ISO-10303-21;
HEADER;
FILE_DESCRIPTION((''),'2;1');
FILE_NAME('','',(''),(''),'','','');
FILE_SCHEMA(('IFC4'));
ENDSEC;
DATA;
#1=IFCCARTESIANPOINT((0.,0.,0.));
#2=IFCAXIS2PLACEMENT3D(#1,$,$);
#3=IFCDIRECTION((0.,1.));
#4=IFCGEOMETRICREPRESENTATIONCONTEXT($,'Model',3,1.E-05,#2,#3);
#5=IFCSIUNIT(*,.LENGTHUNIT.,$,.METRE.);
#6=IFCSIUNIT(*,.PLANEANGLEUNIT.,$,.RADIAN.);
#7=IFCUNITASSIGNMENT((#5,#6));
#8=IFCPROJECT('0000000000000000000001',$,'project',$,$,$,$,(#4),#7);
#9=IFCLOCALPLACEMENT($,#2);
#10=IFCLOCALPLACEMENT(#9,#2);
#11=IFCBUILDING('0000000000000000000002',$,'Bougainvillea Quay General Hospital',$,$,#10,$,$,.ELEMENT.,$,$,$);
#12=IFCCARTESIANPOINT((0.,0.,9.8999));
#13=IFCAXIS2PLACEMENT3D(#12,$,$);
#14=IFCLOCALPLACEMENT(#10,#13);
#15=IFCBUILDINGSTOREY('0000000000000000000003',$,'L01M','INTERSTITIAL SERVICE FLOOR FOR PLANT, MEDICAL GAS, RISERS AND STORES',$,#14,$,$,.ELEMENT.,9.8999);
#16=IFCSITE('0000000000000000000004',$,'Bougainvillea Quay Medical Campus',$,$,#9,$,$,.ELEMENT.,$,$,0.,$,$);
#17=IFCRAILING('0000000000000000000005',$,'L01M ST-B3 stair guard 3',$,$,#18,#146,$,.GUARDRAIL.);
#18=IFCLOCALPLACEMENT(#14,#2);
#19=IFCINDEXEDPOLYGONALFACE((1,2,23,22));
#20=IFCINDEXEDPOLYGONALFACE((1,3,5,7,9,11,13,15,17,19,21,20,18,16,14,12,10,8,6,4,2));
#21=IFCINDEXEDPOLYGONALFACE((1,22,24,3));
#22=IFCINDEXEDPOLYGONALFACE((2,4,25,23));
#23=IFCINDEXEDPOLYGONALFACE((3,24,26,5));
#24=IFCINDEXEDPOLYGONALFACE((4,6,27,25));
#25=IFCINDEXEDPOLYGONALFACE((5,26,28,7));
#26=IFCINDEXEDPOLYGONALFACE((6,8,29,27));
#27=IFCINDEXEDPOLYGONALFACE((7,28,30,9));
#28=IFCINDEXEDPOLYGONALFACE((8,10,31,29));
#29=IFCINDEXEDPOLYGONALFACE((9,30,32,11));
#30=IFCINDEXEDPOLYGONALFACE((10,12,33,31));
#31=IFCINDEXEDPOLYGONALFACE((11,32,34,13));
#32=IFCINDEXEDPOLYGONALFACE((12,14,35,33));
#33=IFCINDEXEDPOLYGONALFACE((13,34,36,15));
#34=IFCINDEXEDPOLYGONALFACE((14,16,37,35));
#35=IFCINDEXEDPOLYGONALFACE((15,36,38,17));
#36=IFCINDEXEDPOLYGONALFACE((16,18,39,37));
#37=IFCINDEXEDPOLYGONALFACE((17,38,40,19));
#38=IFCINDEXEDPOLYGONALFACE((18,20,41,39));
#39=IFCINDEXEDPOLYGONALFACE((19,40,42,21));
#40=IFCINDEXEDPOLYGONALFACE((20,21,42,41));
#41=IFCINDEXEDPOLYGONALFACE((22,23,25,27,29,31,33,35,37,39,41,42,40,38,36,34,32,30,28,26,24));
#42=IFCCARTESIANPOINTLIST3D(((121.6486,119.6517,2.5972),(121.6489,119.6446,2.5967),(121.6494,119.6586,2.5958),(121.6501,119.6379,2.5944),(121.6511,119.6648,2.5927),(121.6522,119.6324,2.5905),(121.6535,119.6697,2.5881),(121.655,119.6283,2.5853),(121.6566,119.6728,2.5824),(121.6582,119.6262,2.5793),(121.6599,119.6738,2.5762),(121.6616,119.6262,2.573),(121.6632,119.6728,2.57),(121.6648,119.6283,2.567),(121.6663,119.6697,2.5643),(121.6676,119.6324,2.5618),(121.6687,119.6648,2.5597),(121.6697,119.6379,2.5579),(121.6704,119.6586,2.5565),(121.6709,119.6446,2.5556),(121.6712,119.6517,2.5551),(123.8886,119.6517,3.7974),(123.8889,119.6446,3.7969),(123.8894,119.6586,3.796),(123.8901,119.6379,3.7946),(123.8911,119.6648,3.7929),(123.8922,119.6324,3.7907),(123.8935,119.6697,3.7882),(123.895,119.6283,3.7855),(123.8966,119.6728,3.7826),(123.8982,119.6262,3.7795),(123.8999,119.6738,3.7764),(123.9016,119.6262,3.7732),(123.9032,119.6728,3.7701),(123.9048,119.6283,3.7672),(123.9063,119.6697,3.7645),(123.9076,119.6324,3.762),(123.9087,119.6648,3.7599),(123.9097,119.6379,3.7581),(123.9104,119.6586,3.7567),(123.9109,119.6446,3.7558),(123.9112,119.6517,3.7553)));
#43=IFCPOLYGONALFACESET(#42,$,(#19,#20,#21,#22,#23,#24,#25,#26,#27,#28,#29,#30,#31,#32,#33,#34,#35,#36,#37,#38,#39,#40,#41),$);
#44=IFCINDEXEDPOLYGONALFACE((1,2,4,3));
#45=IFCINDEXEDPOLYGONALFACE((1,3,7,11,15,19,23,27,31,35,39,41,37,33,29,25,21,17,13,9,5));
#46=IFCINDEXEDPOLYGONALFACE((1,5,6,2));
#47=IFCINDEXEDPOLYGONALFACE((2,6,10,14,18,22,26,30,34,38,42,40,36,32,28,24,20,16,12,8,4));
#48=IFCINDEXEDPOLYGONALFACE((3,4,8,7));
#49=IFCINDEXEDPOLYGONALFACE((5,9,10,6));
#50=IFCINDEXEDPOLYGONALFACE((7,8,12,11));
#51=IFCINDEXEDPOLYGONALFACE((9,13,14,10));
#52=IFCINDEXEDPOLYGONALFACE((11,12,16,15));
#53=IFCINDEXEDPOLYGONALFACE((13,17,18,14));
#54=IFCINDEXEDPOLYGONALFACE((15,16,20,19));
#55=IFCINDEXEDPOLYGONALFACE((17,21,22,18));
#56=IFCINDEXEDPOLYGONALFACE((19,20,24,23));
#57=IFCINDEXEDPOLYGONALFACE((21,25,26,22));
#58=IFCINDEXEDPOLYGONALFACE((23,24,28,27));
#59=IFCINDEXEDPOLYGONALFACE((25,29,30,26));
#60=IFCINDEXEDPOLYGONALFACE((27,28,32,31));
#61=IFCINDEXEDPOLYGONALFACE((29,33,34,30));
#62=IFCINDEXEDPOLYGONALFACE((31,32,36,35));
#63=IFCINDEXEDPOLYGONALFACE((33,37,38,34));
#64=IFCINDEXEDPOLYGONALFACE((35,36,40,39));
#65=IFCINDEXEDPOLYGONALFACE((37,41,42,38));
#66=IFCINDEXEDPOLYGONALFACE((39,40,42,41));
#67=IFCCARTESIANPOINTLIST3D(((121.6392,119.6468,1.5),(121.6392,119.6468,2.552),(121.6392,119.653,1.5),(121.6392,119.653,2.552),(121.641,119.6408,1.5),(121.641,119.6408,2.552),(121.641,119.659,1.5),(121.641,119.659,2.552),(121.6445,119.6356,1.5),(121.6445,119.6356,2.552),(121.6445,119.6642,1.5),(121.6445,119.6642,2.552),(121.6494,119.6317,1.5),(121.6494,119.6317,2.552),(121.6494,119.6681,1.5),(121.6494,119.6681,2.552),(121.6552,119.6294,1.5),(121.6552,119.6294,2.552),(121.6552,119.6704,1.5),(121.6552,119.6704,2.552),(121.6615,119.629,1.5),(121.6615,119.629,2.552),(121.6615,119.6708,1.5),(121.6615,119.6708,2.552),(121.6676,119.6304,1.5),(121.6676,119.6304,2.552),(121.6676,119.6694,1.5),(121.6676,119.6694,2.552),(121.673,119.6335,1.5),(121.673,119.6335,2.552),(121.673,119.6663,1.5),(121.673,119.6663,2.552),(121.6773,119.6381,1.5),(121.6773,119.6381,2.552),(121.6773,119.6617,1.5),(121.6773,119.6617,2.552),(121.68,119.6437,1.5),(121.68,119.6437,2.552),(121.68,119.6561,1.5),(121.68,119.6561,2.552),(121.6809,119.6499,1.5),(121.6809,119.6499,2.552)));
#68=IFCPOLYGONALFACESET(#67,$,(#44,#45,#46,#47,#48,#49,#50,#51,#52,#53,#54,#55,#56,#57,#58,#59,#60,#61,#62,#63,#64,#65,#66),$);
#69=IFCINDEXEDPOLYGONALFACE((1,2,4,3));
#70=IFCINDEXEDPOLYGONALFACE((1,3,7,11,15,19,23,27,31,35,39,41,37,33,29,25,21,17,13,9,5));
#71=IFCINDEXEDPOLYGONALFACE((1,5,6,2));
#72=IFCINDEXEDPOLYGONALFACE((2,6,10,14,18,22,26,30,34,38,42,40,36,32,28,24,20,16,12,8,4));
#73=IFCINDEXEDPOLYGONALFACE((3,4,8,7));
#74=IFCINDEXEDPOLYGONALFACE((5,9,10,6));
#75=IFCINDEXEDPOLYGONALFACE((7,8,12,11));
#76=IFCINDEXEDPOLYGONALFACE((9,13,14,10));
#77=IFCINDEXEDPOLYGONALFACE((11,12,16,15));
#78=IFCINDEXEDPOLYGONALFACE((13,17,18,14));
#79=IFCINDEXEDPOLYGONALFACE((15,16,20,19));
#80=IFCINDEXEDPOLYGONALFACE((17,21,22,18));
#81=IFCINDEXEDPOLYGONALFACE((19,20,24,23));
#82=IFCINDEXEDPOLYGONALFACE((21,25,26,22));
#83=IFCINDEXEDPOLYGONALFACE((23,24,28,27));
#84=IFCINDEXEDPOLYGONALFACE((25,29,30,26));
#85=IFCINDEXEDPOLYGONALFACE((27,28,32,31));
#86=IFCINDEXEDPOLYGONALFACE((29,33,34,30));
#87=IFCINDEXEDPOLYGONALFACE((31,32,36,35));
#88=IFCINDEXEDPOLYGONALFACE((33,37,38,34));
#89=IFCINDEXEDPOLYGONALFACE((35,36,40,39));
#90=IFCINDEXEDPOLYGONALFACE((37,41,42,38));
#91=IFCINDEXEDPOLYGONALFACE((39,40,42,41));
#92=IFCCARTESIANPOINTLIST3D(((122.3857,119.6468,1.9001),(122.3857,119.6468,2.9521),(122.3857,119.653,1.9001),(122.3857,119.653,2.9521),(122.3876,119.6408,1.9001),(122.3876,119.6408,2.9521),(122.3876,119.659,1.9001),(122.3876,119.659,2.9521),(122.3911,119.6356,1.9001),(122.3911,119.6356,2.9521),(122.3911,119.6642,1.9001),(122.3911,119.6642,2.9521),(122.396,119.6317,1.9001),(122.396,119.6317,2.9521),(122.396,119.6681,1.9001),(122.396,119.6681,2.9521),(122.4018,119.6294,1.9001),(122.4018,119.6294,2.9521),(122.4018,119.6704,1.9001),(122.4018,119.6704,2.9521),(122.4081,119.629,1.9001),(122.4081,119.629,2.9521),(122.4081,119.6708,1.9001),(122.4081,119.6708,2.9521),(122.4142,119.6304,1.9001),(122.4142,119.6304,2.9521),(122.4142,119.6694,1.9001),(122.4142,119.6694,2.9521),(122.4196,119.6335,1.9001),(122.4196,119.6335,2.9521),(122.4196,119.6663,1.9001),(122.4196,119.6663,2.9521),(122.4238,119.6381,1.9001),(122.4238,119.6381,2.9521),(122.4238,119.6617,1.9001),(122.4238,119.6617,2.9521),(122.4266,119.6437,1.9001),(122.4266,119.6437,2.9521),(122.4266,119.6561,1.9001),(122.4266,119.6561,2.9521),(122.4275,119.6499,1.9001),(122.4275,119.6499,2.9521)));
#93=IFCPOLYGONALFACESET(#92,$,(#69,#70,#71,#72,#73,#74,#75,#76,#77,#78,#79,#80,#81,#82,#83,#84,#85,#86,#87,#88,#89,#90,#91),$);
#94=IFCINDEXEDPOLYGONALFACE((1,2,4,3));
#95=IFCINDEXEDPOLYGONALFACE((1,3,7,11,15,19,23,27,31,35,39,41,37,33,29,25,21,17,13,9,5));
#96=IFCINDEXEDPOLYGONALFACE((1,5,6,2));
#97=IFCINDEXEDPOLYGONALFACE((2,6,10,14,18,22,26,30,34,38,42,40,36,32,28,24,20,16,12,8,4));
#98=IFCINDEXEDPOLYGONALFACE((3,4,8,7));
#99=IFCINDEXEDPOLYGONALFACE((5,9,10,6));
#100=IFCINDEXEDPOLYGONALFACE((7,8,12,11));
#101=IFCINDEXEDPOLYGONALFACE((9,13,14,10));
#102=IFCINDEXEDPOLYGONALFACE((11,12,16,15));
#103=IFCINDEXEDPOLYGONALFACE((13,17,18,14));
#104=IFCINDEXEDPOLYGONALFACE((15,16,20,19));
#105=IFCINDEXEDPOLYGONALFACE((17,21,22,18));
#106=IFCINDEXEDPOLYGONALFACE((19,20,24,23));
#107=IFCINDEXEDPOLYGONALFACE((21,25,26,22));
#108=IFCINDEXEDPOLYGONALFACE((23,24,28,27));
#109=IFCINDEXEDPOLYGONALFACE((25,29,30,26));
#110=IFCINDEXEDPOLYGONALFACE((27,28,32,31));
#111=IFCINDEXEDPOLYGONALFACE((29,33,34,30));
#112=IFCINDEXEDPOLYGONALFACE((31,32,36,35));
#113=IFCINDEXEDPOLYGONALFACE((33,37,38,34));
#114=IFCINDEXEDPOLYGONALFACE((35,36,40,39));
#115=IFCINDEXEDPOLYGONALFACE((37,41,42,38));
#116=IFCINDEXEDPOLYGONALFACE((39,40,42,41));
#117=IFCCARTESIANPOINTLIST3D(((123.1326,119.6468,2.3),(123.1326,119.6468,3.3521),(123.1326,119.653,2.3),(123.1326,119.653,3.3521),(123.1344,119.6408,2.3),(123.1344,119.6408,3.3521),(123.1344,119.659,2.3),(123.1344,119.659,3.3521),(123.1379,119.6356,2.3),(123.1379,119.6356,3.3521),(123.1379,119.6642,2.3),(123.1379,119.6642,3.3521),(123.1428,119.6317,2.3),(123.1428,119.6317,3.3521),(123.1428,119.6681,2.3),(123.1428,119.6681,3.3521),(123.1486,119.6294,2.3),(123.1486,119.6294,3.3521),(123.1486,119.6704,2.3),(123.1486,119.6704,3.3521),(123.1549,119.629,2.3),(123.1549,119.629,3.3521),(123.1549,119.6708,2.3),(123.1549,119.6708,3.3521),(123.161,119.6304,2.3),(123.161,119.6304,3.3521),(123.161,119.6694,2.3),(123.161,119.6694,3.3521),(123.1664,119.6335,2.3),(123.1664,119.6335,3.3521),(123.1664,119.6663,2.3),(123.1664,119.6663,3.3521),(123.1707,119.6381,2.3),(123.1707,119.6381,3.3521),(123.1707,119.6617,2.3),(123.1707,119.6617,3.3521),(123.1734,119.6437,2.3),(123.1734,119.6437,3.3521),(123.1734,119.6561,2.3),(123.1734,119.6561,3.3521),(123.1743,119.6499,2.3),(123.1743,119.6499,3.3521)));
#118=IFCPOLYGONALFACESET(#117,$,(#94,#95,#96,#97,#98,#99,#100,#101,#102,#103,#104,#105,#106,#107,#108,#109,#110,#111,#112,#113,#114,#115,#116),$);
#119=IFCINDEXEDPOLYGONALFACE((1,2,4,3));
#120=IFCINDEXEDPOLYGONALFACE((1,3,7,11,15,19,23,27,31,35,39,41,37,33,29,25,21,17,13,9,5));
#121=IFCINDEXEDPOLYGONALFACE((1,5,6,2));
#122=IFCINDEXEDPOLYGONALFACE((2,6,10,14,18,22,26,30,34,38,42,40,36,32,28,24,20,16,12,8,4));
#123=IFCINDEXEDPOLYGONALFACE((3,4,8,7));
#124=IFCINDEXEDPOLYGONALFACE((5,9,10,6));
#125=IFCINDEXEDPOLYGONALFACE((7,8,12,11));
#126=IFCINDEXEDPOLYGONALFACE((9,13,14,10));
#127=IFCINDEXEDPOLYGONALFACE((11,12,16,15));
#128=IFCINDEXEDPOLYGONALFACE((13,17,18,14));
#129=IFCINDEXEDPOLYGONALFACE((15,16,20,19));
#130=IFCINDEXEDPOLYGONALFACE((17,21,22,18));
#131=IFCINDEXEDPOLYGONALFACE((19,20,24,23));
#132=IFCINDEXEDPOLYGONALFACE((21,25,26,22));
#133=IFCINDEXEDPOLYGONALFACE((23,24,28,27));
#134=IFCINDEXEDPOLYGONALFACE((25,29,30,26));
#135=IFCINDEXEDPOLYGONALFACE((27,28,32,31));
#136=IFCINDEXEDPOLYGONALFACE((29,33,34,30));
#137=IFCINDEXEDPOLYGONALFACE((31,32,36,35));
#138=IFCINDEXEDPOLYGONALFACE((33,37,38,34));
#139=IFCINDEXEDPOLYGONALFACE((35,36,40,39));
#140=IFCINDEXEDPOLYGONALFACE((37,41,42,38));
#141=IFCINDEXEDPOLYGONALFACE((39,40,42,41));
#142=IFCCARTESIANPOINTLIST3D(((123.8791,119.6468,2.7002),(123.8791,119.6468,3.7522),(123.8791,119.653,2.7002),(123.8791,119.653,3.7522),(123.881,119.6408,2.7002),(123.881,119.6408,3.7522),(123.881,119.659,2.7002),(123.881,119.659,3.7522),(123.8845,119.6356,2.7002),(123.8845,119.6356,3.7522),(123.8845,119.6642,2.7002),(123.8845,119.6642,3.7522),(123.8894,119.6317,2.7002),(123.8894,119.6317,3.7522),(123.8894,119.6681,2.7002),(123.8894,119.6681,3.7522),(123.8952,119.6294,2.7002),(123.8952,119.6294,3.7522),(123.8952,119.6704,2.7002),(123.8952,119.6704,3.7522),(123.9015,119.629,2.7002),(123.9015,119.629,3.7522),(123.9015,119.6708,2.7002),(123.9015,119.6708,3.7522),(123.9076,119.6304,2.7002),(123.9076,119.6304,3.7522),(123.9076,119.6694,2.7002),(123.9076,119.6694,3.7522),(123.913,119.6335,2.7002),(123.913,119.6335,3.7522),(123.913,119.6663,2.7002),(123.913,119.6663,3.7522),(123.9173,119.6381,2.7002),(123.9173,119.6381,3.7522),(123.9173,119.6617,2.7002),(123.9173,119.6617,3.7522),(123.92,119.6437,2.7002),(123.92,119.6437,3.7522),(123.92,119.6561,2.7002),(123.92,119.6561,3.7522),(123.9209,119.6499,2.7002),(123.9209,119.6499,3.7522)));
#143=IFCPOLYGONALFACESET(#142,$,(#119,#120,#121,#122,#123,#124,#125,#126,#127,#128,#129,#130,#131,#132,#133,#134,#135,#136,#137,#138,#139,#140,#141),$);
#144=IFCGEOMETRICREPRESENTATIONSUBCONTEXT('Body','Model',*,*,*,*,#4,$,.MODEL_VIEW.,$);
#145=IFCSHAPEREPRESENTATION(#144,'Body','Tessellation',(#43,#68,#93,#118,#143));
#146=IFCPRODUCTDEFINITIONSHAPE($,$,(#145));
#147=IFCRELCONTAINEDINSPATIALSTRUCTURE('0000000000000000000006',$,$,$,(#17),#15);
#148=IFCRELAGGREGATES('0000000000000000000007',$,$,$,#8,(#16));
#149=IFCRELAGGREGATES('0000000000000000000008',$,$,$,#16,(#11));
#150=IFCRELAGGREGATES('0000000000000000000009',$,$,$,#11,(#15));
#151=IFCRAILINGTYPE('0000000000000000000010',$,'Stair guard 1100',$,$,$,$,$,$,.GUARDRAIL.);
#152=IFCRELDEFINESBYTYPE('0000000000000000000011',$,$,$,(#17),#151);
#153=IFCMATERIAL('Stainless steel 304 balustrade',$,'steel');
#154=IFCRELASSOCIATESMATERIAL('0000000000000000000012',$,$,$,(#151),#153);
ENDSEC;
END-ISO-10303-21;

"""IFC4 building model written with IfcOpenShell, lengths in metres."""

from ifc_helpers import new_model, si_unit, direction, frame, origin, origin_2d, place, context, subcontext, project, spatial, circle, extrude, material, type_object, element, save


model = new_model("IFC4")

# Units and contexts
model_context = context("Model", 3, precision=1e-05, world=origin(), true_north=direction((0.0, 1.0)))
body_context = subcontext(model_context, "Body", "Model", "MODEL_VIEW")
ifc_project = project(units=[si_unit("LENGTHUNIT", "METRE"), si_unit("PLANEANGLEUNIT", "RADIAN")], contexts=[model_context])

# Site, building, storey
site_placement = place(None, origin())
site = spatial("IfcSite", under=ifc_project, at=site_placement, Name="Bougainvillea Quay Medical Campus", CompositionType="ELEMENT", RefElevation=0.0)
building_placement = place(site_placement, origin())
building = spatial("IfcBuilding", under=site, at=building_placement, Name="Bougainvillea Quay General Hospital", CompositionType="ELEMENT")
storey_placement = place(building_placement, frame((0.0, 0.0, 9.8999)))
storey = spatial("IfcBuildingStorey", under=building, at=storey_placement, Name="L01M", Description="INTERSTITIAL SERVICE FLOOR FOR PLANT, MEDICAL GAS, RISERS AND STORES", CompositionType="ELEMENT", Elevation=9.8999)

# Railing
ifc_material_1 = material(Name="Stainless steel 304 balustrade", Category="steel")
railing_type_1 = type_object("IfcRailingType", Name="Stair guard 1100", PredefinedType="GUARDRAIL", material=ifc_material_1)
railing_1_placement = place(storey_placement, frame((121.6599, 119.6499, 1.5)))
element("IfcRailing", 1, at=railing_1_placement, inside=storey, type_object=railing_type_1, Name="L01M ST-B3 stair guard 3", PredefinedType="GUARDRAIL", context=body_context, shape_type="SweptSolid", body=[
    extrude(circle(Radius=0.0239, at=origin_2d()), frame((0.0, 0.0, 1.0762), z_axis=(0.881447, 0.0, 0.472283), x_axis=(0.0, 1.0, 0.0)), (0.0, 0.0, 1.0), 2.5413),
    extrude(circle(Radius=0.021, at=origin_2d()), origin(), (0.0, 0.0, 1.0), 1.052),
    extrude(circle(Radius=0.021, at=origin_2d()), frame((0.7466, 0.0, 0.4001)), (0.0, 0.0, 1.0), 1.052),
    extrude(circle(Radius=0.021, at=origin_2d()), frame((1.4934, 0.0, 0.8)), (0.0, 0.0, 1.0), 1.052),
    extrude(circle(Radius=0.021, at=origin_2d()), frame((2.24, 0.0, 1.2002)), (0.0, 0.0, 1.0), 1.052),
])

save(model, "model.ifc")
